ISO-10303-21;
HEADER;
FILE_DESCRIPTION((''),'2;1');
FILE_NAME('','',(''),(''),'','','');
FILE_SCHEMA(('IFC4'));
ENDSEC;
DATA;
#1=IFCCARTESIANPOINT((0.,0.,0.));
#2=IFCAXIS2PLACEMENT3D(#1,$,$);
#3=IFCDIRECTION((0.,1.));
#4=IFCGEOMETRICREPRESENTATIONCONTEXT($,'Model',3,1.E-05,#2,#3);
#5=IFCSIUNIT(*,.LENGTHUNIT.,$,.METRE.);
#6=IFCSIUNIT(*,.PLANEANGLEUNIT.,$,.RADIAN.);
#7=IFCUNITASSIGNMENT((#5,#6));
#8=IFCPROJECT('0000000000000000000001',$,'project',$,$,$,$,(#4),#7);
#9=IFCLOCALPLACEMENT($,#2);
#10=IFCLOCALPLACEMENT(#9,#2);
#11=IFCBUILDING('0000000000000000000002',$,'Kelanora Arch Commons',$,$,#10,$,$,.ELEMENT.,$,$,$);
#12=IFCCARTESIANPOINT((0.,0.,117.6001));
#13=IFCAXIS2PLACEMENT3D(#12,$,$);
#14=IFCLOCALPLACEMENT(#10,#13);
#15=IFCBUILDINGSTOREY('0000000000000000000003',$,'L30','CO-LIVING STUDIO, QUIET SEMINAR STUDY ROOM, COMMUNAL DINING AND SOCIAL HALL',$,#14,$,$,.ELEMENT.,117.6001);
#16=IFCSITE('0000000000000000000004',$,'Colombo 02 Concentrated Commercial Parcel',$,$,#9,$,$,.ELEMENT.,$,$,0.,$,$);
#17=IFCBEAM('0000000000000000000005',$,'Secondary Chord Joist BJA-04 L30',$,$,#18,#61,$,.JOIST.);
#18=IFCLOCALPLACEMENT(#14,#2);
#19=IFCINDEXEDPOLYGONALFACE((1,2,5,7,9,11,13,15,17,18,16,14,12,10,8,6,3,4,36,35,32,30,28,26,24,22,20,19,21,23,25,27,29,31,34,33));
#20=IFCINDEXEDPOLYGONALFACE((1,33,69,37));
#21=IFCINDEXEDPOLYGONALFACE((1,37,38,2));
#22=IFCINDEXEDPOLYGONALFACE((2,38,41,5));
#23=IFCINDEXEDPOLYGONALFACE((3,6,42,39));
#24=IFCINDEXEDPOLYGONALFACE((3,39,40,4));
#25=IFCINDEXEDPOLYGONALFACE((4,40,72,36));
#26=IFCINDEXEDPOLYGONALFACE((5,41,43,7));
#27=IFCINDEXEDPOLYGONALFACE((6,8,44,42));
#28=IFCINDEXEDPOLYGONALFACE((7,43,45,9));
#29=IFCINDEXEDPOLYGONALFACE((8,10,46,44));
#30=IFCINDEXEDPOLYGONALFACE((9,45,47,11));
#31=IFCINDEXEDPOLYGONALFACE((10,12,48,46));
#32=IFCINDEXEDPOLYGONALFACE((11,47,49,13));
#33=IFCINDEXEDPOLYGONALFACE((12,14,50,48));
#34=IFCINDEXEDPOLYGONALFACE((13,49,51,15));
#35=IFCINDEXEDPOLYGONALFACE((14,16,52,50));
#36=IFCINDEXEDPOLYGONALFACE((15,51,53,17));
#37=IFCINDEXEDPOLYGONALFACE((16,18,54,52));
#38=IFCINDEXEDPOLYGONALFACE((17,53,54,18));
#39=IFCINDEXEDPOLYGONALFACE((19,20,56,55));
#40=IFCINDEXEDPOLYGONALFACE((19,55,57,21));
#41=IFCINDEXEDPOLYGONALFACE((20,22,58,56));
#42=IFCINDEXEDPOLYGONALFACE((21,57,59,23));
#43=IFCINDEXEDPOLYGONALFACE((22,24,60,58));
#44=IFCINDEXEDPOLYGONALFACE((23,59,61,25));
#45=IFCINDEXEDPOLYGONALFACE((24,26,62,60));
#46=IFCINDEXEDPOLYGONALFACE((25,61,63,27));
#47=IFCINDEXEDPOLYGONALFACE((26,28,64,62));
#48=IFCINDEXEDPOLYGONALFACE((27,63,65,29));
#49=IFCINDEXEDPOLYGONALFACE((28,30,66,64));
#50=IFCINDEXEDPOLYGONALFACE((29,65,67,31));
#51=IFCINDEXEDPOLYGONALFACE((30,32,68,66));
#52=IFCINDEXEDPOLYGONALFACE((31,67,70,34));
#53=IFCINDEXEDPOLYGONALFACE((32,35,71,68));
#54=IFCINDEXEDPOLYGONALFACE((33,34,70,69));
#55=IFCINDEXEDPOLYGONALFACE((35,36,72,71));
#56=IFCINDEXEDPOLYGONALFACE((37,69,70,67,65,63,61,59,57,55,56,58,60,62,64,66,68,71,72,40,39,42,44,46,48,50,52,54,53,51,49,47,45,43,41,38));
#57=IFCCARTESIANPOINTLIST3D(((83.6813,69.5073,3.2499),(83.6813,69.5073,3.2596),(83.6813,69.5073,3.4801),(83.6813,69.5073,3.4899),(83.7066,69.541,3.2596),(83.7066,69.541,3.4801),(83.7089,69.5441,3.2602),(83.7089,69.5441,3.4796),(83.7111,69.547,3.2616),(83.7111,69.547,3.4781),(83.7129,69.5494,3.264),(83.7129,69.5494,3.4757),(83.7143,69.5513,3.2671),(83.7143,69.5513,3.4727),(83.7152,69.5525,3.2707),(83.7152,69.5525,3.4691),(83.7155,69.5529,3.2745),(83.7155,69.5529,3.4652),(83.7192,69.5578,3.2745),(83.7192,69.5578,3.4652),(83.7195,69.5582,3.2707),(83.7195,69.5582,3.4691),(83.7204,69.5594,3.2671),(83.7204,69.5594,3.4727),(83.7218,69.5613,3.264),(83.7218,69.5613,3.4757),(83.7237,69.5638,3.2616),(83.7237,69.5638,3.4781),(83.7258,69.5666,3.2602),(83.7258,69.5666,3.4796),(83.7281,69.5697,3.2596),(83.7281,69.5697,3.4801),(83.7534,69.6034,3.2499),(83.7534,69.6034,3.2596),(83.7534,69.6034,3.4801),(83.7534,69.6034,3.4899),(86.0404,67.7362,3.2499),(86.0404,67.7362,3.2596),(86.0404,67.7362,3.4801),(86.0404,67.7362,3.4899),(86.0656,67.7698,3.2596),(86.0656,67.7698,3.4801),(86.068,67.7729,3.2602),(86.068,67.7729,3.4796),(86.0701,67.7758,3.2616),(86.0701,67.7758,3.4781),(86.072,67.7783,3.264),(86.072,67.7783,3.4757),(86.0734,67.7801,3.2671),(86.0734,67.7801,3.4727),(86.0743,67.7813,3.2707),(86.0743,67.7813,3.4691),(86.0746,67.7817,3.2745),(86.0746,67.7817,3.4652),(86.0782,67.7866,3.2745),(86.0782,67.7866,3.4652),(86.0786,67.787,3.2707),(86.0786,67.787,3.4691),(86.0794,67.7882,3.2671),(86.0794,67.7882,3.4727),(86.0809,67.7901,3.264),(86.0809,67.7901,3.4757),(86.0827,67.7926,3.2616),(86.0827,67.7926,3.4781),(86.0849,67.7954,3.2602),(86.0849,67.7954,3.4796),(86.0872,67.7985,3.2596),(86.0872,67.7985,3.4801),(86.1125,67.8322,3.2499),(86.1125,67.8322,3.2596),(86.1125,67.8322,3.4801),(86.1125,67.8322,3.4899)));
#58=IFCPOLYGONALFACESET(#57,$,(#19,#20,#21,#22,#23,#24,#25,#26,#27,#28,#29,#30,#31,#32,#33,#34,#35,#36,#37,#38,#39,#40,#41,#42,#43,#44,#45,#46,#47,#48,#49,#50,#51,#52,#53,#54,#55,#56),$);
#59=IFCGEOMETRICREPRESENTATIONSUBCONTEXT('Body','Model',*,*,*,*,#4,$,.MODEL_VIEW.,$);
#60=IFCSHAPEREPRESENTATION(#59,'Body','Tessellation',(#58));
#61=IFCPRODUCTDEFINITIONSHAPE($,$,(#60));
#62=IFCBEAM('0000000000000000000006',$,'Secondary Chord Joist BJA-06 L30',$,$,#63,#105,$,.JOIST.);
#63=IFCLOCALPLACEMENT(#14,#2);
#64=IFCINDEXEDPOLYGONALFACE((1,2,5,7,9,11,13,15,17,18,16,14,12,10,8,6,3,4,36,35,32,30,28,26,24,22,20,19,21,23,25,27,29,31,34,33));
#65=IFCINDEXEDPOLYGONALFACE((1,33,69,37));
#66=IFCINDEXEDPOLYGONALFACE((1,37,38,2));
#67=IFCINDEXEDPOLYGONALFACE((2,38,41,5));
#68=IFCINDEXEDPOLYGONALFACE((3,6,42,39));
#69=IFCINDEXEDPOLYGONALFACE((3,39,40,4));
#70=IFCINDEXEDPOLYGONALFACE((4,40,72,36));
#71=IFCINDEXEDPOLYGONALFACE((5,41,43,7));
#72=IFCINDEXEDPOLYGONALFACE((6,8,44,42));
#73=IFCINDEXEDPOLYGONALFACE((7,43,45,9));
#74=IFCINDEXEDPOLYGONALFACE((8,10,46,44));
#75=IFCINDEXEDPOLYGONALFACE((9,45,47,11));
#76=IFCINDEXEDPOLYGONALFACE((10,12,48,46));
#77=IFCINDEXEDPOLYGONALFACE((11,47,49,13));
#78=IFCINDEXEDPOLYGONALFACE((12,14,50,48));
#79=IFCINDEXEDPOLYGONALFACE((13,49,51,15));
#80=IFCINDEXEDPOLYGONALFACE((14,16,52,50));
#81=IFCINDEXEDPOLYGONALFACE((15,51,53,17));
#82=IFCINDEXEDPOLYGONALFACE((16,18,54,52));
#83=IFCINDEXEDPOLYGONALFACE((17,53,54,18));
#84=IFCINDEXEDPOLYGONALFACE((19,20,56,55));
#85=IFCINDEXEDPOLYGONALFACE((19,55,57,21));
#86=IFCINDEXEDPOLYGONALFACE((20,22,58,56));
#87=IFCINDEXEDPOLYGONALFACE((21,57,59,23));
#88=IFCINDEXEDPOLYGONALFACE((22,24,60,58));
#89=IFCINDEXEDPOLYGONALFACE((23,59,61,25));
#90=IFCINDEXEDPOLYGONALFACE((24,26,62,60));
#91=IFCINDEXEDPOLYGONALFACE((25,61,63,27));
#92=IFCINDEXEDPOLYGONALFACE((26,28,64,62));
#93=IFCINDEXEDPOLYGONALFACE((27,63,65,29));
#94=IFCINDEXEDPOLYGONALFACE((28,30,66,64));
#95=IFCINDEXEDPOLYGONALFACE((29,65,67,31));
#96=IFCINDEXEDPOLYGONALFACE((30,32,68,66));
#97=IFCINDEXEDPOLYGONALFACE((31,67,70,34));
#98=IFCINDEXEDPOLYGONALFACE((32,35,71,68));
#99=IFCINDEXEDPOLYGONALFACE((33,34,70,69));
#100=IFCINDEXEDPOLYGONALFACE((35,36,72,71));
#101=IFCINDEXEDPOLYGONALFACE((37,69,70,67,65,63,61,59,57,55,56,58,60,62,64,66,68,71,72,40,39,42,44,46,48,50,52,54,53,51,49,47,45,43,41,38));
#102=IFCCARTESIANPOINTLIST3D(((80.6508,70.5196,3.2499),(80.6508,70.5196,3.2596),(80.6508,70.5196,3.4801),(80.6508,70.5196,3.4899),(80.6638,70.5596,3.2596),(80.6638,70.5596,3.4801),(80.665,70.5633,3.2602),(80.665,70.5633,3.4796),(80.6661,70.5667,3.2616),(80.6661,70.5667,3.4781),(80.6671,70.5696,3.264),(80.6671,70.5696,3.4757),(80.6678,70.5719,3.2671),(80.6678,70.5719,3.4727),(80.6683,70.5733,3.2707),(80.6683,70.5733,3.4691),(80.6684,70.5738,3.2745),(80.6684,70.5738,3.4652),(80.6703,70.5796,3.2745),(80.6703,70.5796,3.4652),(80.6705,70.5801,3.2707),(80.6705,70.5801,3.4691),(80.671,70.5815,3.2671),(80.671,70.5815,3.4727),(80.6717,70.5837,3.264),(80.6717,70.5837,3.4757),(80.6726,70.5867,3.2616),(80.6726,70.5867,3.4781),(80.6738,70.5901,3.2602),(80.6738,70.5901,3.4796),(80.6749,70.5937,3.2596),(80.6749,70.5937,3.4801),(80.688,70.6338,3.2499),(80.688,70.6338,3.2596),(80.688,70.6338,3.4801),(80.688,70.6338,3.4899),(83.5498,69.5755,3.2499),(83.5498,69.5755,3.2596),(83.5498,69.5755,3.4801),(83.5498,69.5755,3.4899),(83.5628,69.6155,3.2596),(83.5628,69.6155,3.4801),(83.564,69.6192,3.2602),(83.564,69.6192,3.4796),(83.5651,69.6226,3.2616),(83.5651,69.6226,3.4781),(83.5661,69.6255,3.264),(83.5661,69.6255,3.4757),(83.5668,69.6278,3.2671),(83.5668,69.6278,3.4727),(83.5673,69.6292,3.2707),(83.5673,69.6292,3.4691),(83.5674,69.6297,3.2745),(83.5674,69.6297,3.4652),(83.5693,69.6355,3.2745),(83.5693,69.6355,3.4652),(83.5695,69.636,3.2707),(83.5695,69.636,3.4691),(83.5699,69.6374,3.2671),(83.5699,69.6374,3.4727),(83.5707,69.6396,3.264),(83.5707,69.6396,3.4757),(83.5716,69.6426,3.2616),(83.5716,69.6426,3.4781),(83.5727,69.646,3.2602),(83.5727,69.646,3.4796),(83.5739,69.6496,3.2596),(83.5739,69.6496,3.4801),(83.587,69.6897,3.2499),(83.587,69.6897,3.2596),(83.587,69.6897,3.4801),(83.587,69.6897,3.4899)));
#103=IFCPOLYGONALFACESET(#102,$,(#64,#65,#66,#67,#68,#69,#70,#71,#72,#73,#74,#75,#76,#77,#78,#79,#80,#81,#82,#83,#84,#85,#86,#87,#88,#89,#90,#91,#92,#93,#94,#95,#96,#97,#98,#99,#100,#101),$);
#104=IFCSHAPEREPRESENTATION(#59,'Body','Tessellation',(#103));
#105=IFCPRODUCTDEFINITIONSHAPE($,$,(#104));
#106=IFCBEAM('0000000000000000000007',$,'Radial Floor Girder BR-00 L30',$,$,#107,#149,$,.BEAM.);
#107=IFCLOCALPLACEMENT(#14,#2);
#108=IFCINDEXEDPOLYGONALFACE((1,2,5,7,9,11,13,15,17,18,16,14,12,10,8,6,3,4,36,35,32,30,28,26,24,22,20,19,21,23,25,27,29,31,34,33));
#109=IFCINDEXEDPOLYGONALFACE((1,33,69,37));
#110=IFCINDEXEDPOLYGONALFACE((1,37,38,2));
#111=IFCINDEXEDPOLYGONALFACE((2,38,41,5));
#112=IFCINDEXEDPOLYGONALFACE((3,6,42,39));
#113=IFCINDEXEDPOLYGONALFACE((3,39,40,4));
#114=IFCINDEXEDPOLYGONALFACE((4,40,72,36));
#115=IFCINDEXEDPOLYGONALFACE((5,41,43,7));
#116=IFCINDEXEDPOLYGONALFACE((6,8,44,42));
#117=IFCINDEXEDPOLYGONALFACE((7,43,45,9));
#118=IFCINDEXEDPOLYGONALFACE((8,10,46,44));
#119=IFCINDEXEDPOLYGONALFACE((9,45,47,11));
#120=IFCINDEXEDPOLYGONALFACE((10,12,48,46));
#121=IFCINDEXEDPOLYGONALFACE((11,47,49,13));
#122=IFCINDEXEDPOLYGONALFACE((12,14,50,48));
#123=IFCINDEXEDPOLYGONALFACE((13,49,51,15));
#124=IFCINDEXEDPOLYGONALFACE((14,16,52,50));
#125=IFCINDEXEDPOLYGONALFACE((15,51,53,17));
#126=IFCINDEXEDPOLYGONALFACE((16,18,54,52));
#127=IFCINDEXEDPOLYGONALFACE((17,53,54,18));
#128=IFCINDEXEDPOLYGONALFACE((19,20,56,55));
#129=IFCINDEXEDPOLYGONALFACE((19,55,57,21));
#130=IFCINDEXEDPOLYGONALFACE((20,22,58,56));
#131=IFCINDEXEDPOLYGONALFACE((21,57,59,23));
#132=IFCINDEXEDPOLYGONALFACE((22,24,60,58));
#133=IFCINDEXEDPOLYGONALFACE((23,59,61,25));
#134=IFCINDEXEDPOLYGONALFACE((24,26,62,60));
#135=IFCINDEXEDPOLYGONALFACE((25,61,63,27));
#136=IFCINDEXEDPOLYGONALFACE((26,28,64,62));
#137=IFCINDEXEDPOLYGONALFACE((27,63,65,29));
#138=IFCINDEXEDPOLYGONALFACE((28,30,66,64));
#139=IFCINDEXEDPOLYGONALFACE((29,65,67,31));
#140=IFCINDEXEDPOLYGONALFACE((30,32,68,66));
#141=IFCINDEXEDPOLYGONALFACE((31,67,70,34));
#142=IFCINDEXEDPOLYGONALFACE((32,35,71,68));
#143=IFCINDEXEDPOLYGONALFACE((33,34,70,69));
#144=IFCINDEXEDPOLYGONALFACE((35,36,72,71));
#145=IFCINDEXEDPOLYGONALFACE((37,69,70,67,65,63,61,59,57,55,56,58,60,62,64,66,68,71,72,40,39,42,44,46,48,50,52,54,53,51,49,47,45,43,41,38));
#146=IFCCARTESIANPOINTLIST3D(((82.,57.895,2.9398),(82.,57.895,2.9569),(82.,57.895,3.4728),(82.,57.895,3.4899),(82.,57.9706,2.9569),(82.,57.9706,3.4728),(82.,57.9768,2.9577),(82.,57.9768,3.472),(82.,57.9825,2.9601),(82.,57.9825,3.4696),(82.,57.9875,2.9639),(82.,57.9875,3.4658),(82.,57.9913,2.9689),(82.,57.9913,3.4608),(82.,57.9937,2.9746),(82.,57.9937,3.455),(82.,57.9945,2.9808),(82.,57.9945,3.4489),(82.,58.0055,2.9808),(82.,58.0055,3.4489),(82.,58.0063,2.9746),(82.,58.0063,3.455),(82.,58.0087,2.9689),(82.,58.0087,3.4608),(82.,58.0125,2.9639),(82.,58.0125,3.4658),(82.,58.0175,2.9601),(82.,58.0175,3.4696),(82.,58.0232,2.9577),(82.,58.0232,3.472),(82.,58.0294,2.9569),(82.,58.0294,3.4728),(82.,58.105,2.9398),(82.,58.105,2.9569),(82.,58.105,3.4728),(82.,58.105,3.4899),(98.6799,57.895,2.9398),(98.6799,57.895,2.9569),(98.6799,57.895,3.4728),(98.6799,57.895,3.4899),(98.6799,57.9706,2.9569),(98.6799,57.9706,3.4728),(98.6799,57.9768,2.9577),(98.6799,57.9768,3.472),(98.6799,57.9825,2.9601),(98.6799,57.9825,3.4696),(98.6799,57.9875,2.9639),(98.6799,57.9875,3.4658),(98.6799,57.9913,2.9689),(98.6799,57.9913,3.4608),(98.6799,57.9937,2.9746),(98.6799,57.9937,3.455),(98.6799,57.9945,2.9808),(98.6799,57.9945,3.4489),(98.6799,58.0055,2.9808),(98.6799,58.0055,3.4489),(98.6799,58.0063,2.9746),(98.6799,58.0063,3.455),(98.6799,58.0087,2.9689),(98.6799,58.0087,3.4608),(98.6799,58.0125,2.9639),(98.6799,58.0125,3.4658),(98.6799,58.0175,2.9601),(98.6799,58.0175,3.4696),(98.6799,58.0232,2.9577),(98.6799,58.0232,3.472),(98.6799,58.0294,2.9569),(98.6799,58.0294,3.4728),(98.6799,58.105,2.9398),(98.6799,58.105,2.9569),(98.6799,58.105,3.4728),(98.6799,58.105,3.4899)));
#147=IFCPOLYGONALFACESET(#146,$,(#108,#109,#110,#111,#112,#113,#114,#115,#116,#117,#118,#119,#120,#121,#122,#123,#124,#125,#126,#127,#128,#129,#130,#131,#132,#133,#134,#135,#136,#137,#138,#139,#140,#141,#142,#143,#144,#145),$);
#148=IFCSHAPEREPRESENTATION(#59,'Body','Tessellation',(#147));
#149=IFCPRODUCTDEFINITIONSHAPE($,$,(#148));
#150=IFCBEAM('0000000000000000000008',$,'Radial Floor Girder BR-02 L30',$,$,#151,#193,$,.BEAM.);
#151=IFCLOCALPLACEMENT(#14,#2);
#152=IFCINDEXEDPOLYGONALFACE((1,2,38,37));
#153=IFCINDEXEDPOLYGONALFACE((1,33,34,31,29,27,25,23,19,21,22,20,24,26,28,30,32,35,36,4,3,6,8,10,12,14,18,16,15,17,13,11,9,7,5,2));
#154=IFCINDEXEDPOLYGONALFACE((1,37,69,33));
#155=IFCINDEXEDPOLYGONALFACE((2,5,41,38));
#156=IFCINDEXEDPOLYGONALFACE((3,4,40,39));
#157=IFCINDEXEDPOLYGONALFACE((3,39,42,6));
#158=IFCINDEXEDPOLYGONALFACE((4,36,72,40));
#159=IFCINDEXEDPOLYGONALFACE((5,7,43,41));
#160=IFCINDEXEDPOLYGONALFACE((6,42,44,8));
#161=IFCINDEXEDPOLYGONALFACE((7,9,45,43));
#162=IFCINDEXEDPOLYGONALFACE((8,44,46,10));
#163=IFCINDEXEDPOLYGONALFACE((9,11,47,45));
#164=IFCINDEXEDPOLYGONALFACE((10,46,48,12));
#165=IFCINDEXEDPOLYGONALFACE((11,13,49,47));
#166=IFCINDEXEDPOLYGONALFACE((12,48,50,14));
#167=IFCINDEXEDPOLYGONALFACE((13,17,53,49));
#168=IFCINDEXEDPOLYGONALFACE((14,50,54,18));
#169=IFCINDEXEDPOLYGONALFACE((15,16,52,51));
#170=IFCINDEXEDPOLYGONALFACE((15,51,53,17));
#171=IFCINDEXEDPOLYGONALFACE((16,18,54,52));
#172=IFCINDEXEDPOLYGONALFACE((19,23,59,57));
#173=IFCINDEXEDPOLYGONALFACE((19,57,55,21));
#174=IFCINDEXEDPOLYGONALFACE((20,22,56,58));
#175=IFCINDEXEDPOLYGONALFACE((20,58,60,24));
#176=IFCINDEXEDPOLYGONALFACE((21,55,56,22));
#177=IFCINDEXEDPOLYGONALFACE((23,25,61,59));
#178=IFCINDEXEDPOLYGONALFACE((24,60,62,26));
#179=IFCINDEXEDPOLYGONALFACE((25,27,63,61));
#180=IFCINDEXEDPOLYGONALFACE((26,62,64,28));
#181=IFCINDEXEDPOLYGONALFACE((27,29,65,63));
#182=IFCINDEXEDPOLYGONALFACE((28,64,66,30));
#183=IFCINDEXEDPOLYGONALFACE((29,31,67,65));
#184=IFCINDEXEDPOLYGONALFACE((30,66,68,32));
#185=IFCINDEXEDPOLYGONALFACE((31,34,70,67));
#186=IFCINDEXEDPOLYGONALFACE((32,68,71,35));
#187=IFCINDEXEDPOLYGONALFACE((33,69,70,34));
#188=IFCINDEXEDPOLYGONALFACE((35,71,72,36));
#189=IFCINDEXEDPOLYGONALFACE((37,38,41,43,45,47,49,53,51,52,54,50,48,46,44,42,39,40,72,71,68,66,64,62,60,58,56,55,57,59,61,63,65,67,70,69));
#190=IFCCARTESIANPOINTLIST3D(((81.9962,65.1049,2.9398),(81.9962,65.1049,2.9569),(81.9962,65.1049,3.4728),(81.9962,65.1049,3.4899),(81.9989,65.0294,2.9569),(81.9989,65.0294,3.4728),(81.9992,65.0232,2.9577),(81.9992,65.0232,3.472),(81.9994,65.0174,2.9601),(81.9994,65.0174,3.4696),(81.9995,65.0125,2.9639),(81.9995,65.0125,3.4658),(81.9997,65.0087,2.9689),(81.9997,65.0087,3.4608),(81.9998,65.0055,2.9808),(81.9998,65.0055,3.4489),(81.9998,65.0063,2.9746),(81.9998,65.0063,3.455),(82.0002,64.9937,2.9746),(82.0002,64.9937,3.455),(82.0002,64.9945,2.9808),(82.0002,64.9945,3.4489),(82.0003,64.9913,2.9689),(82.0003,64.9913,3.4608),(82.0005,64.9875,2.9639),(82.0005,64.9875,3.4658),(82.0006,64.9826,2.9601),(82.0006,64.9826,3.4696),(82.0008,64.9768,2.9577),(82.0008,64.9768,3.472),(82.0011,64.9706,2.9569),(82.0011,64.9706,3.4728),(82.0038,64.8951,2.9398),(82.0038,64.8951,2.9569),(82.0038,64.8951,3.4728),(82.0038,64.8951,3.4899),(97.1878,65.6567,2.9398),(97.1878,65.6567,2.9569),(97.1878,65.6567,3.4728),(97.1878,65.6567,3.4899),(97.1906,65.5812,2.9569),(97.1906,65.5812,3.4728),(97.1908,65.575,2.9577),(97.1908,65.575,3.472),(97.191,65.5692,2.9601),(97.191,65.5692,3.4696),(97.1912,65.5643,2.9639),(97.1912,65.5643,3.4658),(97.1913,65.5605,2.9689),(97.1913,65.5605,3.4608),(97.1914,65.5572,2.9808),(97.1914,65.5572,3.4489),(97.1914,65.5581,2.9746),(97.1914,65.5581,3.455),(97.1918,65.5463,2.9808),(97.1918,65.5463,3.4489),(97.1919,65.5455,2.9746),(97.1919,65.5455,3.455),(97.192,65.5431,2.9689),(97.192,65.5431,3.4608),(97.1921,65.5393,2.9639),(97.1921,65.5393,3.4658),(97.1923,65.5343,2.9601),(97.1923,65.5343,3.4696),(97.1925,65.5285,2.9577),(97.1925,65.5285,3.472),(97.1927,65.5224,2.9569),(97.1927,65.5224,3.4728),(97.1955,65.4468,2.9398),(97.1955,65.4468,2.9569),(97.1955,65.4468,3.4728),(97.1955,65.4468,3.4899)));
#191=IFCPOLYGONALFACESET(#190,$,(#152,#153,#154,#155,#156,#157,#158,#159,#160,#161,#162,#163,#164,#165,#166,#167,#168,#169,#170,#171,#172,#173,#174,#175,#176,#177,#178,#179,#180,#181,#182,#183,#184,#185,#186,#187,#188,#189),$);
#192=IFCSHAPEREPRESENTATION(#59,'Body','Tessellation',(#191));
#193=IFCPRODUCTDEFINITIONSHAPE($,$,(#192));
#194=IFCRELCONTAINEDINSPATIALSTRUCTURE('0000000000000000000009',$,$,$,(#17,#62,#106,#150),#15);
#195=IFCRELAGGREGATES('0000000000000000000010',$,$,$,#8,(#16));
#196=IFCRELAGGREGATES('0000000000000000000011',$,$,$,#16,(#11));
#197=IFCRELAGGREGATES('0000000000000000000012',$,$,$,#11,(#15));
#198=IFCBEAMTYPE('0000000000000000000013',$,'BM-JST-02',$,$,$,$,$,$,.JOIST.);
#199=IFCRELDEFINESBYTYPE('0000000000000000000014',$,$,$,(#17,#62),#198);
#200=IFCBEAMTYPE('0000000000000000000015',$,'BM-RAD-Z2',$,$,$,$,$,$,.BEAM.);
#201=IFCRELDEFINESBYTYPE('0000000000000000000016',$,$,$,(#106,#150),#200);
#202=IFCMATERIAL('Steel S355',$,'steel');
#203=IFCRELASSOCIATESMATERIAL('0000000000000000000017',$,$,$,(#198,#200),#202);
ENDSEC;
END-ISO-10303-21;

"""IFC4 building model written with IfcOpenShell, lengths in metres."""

from ifc_helpers import new_model, si_unit, direction, frame, origin, origin_2d, place, context, subcontext, project, spatial, i_section, extrude, material, material_profile, profile_set, type_object, element, save


model = new_model("IFC4")

# Units and contexts
model_context = context("Model", 3, precision=1e-05, world=origin(), true_north=direction((0.0, 1.0)))
body_context = subcontext(model_context, "Body", "Model", "MODEL_VIEW")
ifc_project = project(units=[si_unit("LENGTHUNIT", "METRE"), si_unit("PLANEANGLEUNIT", "RADIAN")], contexts=[model_context])

# Site, building, storey
site_placement = place(None, origin())
site = spatial("IfcSite", under=ifc_project, at=site_placement, Name="Colombo 02 Concentrated Commercial Parcel", CompositionType="ELEMENT", RefElevation=0.0)
building_placement = place(site_placement, origin())
building = spatial("IfcBuilding", under=site, at=building_placement, Name="Kelanora Arch Commons", CompositionType="ELEMENT")
storey_placement = place(building_placement, frame((0.0, 0.0, 117.6001)))
storey = spatial("IfcBuildingStorey", under=building, at=storey_placement, Name="L30", Description="CO-LIVING STUDIO, QUIET SEMINAR STUDY ROOM, COMMUNAL DINING AND SOCIAL HALL", CompositionType="ELEMENT", Elevation=117.6001)

# Beams
ifc_material_1 = material(Name="Steel S355", Category="steel")
ifc_material_profile_1 = material_profile(ifc_material_1, i_section(OverallWidth=0.1201, OverallDepth=0.24, WebThickness=0.0061, FlangeThickness=0.0098, FilletRadius=0.0149, at=origin_2d()), Name="IPE240")
ifc_profile_set_1 = profile_set([ifc_material_profile_1], Name="Steel S355")
beam_type_1 = type_object("IfcBeamType", Name="BM-JST-02", PredefinedType="JOIST", material=ifc_profile_set_1)
beam_1_placement = place(storey_placement, frame((86.0764, 67.7842, 3.3699), z_axis=(-0.799692, 0.60041, 0.0), x_axis=(-0.60041, -0.799692, 0.0)))
element("IfcBeam", 1, at=beam_1_placement, inside=storey, type_object=beam_type_1, Name="Secondary Chord Joist BJA-04 L30", PredefinedType="JOIST", context=body_context, shape_type="SweptSolid", body=[
    extrude(i_section(OverallWidth=0.1201, OverallDepth=0.24, WebThickness=0.0061, FlangeThickness=0.0098, FilletRadius=0.0149, at=origin_2d()), origin(), (0.0, 0.0, 1.0), 2.95),
])
beam_2_placement = place(storey_placement, frame((83.5684, 69.6326, 3.3699), z_axis=(-0.950847, 0.309662, 0.0), x_axis=(-0.309662, -0.950847, 0.0)))
element("IfcBeam", 2, at=beam_2_placement, inside=storey, type_object=beam_type_1, Name="Secondary Chord Joist BJA-06 L30", PredefinedType="JOIST", context=body_context, shape_type="SweptSolid", body=[
    extrude(i_section(OverallWidth=0.1201, OverallDepth=0.24, WebThickness=0.0061, FlangeThickness=0.0098, FilletRadius=0.0149, at=origin_2d()), origin(), (0.0, 0.0, 1.0), 3.0488),
])
ifc_material_profile_2 = material_profile(ifc_material_1, i_section(OverallWidth=0.21, OverallDepth=0.55, WebThickness=0.011, FlangeThickness=0.0171, FilletRadius=0.0239, at=origin_2d()), Name="IPE550")
ifc_profile_set_2 = profile_set([ifc_material_profile_2], Name="Steel S355")
beam_type_2 = type_object("IfcBeamType", Name="BM-RAD-Z2", PredefinedType="BEAM", material=ifc_profile_set_2)
beam_3_placement = place(storey_placement, frame((82.0, 58.0, 3.2148), z_axis=(1.0, 0.0, 0.0), x_axis=(0.0, 1.0, 0.0)))
element("IfcBeam", 3, at=beam_3_placement, inside=storey, type_object=beam_type_2, Name="Radial Floor Girder BR-00 L30", PredefinedType="BEAM", context=body_context, shape_type="SweptSolid", body=[
    extrude(i_section(OverallWidth=0.21, OverallDepth=0.55, WebThickness=0.011, FlangeThickness=0.0171, FilletRadius=0.0239, at=origin_2d()), origin(), (0.0, 0.0, 1.0), 16.6799),
])
beam_4_placement = place(storey_placement, frame((82.0, 65.0, 3.2148), z_axis=(0.999341, 0.036296, 0.0), x_axis=(-0.036296, 0.999341, 0.0)))
element("IfcBeam", 4, at=beam_4_placement, inside=storey, type_object=beam_type_2, Name="Radial Floor Girder BR-02 L30", PredefinedType="BEAM", context=body_context, shape_type="SweptSolid", body=[
    extrude(i_section(OverallWidth=0.21, OverallDepth=0.55, WebThickness=0.011, FlangeThickness=0.0171, FilletRadius=0.0239, at=origin_2d()), origin(), (0.0, 0.0, 1.0), 15.2017),
])

save(model, "model.ifc")
